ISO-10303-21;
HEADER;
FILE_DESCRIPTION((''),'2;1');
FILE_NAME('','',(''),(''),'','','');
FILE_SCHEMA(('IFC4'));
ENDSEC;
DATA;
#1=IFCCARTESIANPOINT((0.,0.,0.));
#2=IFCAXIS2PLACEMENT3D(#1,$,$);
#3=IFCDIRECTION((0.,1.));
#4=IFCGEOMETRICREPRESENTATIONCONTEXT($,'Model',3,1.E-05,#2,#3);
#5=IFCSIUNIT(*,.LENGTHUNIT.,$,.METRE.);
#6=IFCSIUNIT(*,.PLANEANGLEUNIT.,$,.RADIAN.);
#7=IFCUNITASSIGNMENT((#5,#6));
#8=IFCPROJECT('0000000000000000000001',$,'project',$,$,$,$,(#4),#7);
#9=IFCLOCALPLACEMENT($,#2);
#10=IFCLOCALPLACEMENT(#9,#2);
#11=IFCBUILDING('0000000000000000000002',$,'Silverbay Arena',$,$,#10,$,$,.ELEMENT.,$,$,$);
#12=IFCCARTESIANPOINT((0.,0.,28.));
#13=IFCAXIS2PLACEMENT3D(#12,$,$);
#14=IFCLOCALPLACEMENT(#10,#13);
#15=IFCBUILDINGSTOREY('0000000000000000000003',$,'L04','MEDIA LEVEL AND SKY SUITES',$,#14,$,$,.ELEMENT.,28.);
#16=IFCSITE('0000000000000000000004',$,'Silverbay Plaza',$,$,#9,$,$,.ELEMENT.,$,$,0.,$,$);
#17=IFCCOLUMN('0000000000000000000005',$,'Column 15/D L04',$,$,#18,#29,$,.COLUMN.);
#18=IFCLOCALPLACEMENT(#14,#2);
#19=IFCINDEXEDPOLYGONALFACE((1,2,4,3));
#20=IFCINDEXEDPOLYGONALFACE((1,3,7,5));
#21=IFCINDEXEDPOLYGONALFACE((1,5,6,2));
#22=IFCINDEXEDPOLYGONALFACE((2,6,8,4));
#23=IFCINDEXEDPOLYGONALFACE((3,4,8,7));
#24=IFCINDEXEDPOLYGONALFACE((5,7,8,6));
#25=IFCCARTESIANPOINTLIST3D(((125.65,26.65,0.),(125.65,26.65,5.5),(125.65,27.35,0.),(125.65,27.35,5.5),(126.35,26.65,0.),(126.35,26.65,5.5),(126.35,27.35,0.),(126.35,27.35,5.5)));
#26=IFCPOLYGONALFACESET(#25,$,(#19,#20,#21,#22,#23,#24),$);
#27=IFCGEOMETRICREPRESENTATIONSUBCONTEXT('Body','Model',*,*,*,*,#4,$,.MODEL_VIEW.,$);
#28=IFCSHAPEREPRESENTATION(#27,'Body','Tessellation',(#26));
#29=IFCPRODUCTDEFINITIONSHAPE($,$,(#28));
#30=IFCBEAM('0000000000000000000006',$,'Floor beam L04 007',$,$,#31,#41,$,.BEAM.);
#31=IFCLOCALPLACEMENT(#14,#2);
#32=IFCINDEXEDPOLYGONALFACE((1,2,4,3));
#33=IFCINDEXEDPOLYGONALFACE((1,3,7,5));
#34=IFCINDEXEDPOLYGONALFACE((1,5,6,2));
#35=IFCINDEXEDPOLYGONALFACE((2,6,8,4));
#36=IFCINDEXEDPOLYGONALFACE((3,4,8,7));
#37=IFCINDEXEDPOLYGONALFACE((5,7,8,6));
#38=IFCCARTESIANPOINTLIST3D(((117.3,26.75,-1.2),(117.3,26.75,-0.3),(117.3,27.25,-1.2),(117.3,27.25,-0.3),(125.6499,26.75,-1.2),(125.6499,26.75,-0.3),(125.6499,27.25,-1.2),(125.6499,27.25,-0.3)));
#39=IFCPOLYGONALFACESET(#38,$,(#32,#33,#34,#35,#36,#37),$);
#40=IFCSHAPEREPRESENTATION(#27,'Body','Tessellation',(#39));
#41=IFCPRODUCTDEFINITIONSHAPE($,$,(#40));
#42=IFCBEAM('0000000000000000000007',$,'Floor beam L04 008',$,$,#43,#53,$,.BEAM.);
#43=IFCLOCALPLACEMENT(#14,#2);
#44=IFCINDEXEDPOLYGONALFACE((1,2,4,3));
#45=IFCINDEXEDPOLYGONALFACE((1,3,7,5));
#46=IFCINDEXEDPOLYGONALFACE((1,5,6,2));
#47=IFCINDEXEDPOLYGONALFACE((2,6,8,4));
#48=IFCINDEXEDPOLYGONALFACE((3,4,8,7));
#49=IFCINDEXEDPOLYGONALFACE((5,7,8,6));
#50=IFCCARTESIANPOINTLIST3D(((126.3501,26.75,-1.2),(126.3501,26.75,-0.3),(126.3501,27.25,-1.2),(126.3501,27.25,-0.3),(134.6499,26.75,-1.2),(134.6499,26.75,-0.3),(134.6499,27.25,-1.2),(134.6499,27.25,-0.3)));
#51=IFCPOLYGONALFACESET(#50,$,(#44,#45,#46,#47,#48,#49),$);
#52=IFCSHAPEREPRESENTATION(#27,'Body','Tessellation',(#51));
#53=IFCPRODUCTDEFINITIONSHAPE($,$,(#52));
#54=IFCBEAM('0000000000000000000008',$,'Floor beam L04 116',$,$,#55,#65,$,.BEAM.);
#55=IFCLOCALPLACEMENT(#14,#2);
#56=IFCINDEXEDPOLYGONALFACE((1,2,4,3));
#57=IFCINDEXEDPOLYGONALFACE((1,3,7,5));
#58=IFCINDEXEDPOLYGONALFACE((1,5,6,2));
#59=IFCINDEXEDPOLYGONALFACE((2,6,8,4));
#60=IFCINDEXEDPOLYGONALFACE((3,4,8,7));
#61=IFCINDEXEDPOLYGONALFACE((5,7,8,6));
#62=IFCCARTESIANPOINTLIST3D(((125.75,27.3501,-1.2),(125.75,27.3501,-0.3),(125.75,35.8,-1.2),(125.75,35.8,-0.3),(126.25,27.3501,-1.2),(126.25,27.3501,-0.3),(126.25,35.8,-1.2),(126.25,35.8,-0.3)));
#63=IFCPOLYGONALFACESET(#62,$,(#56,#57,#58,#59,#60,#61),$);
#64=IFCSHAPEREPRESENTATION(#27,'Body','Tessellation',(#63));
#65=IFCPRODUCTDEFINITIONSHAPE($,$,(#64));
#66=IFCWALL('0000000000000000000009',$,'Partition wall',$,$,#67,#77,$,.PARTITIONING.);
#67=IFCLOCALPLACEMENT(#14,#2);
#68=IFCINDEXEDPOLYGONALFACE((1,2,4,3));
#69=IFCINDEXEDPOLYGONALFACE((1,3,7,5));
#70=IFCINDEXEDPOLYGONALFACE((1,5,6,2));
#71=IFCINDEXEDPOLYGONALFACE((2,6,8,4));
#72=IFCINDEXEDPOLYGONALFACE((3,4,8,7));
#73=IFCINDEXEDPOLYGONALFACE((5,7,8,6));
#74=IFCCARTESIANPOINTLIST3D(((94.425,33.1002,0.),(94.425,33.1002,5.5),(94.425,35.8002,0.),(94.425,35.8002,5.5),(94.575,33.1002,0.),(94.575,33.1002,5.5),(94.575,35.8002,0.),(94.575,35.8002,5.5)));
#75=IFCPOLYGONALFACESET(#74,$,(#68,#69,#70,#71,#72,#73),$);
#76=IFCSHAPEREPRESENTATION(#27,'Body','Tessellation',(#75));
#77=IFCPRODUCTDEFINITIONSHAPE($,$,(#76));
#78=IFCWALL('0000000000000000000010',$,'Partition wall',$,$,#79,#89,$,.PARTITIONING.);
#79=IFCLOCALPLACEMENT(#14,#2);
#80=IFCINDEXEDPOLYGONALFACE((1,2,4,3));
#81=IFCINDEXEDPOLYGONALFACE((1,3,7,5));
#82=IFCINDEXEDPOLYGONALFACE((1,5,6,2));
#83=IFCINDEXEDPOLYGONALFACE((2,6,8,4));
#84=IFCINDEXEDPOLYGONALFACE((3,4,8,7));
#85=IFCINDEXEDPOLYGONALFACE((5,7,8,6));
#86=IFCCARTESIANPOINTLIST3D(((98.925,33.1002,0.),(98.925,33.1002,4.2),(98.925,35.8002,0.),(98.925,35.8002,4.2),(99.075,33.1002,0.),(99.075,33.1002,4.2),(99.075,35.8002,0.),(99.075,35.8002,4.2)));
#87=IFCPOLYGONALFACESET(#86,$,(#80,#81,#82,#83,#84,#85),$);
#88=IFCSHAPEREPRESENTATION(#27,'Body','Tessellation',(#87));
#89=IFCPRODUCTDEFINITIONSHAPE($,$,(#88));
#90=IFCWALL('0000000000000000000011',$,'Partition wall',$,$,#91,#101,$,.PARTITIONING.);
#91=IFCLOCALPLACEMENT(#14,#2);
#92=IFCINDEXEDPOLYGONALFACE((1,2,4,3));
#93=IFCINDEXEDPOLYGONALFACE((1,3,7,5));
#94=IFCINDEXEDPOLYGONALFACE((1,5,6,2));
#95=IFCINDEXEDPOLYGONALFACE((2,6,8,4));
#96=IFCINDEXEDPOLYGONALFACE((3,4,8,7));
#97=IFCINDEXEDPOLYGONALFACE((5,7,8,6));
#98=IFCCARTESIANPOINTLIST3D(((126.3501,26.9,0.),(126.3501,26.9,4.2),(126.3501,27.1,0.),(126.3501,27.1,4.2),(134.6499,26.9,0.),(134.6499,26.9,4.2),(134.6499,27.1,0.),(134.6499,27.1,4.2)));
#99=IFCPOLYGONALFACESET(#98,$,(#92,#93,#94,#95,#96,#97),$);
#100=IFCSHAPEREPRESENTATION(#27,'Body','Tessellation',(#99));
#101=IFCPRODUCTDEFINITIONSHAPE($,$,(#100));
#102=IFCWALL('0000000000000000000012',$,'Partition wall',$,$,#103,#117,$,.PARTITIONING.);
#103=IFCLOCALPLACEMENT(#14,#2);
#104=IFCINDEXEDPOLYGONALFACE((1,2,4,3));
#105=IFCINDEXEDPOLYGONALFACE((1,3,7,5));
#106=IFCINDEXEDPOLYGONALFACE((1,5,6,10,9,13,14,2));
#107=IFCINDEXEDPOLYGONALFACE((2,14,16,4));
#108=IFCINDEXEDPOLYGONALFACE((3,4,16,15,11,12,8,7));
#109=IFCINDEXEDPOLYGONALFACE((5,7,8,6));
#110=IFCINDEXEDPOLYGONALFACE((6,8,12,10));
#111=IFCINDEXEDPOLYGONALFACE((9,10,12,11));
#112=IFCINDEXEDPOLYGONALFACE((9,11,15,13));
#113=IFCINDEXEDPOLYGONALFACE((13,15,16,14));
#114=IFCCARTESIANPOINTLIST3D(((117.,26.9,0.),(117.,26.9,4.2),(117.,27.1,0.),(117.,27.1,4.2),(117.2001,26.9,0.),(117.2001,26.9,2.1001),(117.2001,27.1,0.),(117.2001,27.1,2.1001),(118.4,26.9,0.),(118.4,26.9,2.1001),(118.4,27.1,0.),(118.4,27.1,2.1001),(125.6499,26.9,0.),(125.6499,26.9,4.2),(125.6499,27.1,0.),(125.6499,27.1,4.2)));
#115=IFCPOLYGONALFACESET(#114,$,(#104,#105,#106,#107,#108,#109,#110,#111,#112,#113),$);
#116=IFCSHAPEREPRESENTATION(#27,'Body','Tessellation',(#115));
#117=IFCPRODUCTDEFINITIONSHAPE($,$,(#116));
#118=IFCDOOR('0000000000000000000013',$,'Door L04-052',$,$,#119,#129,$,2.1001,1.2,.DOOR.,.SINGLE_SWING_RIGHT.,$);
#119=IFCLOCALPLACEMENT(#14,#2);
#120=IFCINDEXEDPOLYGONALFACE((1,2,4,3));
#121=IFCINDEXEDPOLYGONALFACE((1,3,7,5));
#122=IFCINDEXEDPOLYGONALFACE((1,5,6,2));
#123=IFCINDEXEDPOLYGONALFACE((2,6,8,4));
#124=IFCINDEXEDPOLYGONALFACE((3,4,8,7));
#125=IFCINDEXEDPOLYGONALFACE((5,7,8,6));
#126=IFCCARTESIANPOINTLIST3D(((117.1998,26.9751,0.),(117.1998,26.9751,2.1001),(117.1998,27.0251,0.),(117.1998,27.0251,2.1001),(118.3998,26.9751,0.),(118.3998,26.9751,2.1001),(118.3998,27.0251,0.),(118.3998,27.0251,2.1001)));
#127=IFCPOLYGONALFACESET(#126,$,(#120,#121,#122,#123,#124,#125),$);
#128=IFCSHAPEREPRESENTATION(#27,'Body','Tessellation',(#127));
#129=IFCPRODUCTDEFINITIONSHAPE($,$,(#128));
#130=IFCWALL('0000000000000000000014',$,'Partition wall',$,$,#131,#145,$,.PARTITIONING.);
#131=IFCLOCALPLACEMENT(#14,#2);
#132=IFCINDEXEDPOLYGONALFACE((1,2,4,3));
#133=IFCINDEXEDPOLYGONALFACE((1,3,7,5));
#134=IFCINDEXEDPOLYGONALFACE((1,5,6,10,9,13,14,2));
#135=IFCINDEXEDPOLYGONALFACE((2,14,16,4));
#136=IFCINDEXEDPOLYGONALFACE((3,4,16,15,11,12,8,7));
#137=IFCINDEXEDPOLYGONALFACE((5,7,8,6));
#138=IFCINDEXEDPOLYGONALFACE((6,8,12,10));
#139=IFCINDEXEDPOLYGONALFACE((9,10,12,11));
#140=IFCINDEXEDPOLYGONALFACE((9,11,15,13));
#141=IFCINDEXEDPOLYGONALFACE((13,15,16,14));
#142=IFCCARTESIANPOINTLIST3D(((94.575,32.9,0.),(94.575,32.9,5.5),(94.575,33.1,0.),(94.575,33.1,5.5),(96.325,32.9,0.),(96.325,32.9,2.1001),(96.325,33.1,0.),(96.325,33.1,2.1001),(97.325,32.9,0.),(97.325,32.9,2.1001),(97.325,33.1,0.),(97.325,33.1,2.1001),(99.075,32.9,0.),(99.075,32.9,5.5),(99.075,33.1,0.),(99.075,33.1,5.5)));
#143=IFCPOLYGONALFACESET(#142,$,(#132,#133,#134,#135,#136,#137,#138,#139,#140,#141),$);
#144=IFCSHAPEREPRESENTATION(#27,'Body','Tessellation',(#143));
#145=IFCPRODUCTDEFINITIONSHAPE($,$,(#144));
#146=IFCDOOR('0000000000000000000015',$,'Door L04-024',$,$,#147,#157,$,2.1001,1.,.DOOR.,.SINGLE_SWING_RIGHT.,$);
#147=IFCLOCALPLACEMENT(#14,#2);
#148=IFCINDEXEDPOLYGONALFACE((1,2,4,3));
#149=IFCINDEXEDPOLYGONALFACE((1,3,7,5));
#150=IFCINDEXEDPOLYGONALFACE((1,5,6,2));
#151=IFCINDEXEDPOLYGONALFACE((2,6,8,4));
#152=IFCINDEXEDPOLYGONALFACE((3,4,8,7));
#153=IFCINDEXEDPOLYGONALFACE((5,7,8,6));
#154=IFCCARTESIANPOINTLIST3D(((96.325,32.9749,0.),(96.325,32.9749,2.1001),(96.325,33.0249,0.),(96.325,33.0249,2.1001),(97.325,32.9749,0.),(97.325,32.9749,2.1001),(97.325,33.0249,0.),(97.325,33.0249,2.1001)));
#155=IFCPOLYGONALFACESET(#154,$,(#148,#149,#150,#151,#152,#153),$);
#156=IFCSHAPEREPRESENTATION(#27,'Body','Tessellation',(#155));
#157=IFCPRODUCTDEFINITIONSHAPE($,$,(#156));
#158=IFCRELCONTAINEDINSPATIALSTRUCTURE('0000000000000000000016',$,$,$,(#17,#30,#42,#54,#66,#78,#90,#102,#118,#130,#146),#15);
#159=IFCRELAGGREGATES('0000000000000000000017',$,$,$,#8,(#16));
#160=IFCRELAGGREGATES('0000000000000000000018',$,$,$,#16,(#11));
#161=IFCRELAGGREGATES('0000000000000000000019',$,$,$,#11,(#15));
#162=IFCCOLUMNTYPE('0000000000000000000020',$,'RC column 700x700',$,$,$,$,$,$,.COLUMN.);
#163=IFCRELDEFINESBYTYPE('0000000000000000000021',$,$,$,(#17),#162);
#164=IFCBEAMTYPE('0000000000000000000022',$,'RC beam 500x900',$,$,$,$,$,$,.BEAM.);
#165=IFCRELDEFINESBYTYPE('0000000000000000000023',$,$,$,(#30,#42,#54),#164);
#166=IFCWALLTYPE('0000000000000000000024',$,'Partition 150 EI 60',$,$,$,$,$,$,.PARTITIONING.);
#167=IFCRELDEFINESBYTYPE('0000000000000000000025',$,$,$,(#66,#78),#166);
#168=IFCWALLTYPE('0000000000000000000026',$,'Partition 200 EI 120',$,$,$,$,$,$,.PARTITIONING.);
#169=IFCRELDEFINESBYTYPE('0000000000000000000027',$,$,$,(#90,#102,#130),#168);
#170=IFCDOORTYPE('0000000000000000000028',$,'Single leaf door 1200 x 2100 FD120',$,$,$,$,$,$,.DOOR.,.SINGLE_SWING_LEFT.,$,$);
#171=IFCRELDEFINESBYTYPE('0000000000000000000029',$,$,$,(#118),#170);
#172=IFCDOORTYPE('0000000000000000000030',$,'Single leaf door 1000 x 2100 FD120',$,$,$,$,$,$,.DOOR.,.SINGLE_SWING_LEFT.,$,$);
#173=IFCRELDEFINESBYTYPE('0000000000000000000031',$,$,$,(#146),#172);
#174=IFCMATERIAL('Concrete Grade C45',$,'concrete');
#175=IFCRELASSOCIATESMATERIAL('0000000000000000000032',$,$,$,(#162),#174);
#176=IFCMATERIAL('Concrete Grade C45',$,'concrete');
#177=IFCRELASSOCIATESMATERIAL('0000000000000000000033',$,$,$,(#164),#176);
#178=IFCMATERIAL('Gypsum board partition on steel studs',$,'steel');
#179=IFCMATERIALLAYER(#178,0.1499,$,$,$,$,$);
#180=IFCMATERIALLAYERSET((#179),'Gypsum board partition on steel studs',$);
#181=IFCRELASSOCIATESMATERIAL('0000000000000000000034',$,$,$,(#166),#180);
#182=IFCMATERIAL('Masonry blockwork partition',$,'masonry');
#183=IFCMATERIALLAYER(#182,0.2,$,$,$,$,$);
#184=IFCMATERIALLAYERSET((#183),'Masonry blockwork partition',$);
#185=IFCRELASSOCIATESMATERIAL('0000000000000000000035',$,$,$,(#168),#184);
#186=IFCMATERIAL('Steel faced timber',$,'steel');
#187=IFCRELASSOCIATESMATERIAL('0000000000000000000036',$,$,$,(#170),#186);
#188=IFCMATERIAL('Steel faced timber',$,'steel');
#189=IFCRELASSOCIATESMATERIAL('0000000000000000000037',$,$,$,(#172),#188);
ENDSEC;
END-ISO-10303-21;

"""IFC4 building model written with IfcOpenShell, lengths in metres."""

from ifc_helpers import new_model, si_unit, direction, frame, frame_2d, origin, origin_2d, place, context, subcontext, project, spatial, rectangle, extrude, material, layer, layer_set, material_profile, profile_set, type_object, element, fill, save


model = new_model("IFC4")

# Units and contexts
model_context = context("Model", 3, precision=1e-05, world=origin(), true_north=direction((0.0, 1.0)))
body_context = subcontext(model_context, "Body", "Model", "MODEL_VIEW")
ifc_project = project(units=[si_unit("LENGTHUNIT", "METRE"), si_unit("PLANEANGLEUNIT", "RADIAN")], contexts=[model_context])

# Site, building, storey
site_placement = place(None, origin())
site = spatial("IfcSite", under=ifc_project, at=site_placement, Name="Silverbay Plaza", CompositionType="ELEMENT", RefElevation=0.0)
building_placement = place(site_placement, origin())
building = spatial("IfcBuilding", under=site, at=building_placement, Name="Silverbay Arena", CompositionType="ELEMENT")
storey_placement = place(building_placement, frame((0.0, 0.0, 28.0)))
storey = spatial("IfcBuildingStorey", under=building, at=storey_placement, Name="L04", Description="MEDIA LEVEL AND SKY SUITES", CompositionType="ELEMENT", Elevation=28.0)

# Column
ifc_material_1 = material(Name="Concrete Grade C45", Category="concrete")
ifc_material_profile_1 = material_profile(ifc_material_1, rectangle(XDim=0.7, YDim=0.7, at=origin_2d()), Name="RC 700x700")
ifc_profile_set_1 = profile_set([ifc_material_profile_1], Name="Concrete Grade C45")
column_type = type_object("IfcColumnType", Name="RC column 700x700", PredefinedType="COLUMN", material=ifc_profile_set_1)
column_placement = place(storey_placement, frame((126.0, 27.0, 0.0), z_axis=(0.0, 0.0, 1.0), x_axis=(1.0, 0.0, 0.0)))
element("IfcColumn", 1, at=column_placement, inside=storey, type_object=column_type, Name="Column 15/D L04", PredefinedType="COLUMN", context=body_context, shape_type="SweptSolid", body=[
    extrude(rectangle(XDim=0.7, YDim=0.7, at=origin_2d()), origin(), (0.0, 0.0, 1.0), 5.5),
])

# Beams
ifc_material_2 = material(Name="Concrete Grade C45", Category="concrete")
ifc_material_profile_2 = material_profile(ifc_material_2, rectangle(XDim=0.5, YDim=0.8999, at=origin_2d()), Name="RC 500x900")
ifc_profile_set_2 = profile_set([ifc_material_profile_2], Name="Concrete Grade C45")
beam_type = type_object("IfcBeamType", Name="RC beam 500x900", PredefinedType="BEAM", material=ifc_profile_set_2)
beam_1_placement = place(storey_placement, frame((117.3, 27.0, -0.75), z_axis=(1.0, 0.0, 0.0), x_axis=(0.0, 1.0, 0.0)))
element("IfcBeam", 2, at=beam_1_placement, inside=storey, type_object=beam_type, Name="Floor beam L04 007", PredefinedType="BEAM", context=body_context, shape_type="SweptSolid", body=[
    extrude(rectangle(XDim=0.5, YDim=0.8999, at=origin_2d()), origin(), (0.0, 0.0, 1.0), 8.3499),
])
beam_2_placement = place(storey_placement, frame((126.3501, 27.0, -0.75), z_axis=(1.0, 0.0, 0.0), x_axis=(0.0, 1.0, 0.0)))
element("IfcBeam", 3, at=beam_2_placement, inside=storey, type_object=beam_type, Name="Floor beam L04 008", PredefinedType="BEAM", context=body_context, shape_type="SweptSolid", body=[
    extrude(rectangle(XDim=0.5, YDim=0.8999, at=origin_2d()), origin(), (0.0, 0.0, 1.0), 8.2998),
])
beam_3_placement = place(storey_placement, frame((126.0, 27.3501, -0.75), z_axis=(0.0, 1.0, 0.0), x_axis=(-1.0, 0.0, 0.0)))
element("IfcBeam", 4, at=beam_3_placement, inside=storey, type_object=beam_type, Name="Floor beam L04 116", PredefinedType="BEAM", context=body_context, shape_type="SweptSolid", body=[
    extrude(rectangle(XDim=0.5, YDim=0.8999, at=origin_2d()), origin(), (0.0, 0.0, 1.0), 8.45),
])

# Walls
ifc_material_3 = material(Name="Gypsum board partition on steel studs", Category="steel")
ifc_layer_1 = layer(ifc_material_3, 0.1499)
ifc_layer_set_1 = layer_set([ifc_layer_1], Name="Gypsum board partition on steel studs")
wall_type_1 = type_object("IfcWallType", Name="Partition 150 EI 60", PredefinedType="PARTITIONING", material=ifc_layer_set_1)
wall_1_placement = place(storey_placement, frame((94.5, 33.1001, 0.0), z_axis=(0.0, 0.0, 1.0), x_axis=(0.0, 1.0, 0.0)))
element("IfcWall", 5, at=wall_1_placement, inside=storey, type_object=wall_type_1, Name="Partition wall", PredefinedType="PARTITIONING", context=body_context, shape_type="SweptSolid", body=[
    extrude(rectangle(XDim=2.7, YDim=0.1499, at=frame_2d((1.3501, 0.0))), origin(), (0.0, 0.0, 1.0), 5.5),
])
wall_2_placement = place(storey_placement, frame((99.0, 33.1001, 0.0), z_axis=(0.0, 0.0, 1.0), x_axis=(0.0, 1.0, 0.0)))
element("IfcWall", 6, at=wall_2_placement, inside=storey, type_object=wall_type_1, Name="Partition wall", PredefinedType="PARTITIONING", context=body_context, shape_type="SweptSolid", body=[
    extrude(rectangle(XDim=2.7, YDim=0.1499, at=frame_2d((1.3501, 0.0))), origin(), (0.0, 0.0, 1.0), 4.2),
])
ifc_material_4 = material(Name="Masonry blockwork partition", Category="masonry")
ifc_layer_2 = layer(ifc_material_4, 0.2)
ifc_layer_set_2 = layer_set([ifc_layer_2], Name="Masonry blockwork partition")
wall_type_2 = type_object("IfcWallType", Name="Partition 200 EI 120", PredefinedType="PARTITIONING", material=ifc_layer_set_2)
wall_3_placement = place(storey_placement, frame((126.3501, 27.0, 0.0), z_axis=(0.0, 0.0, 1.0), x_axis=(1.0, 0.0, 0.0)))
element("IfcWall", 7, at=wall_3_placement, inside=storey, type_object=wall_type_2, Name="Partition wall", PredefinedType="PARTITIONING", context=body_context, shape_type="SweptSolid", body=[
    extrude(rectangle(XDim=8.2998, YDim=0.2, at=frame_2d((4.1499, 0.0))), origin(), (0.0, 0.0, 1.0), 4.2),
])

# Walls, openings, doors
wall_4_placement = place(storey_placement, frame((117.0, 27.0, 0.0), z_axis=(0.0, 0.0, 1.0), x_axis=(1.0, 0.0, 0.0)))
wall_4 = element("IfcWall", 8, at=wall_4_placement, inside=storey, type_object=wall_type_2, Name="Partition wall", PredefinedType="PARTITIONING", context=body_context, shape_type="SweptSolid", body=[
    extrude(rectangle(XDim=8.6499, YDim=0.2, at=frame_2d((4.325, 0.0))), origin(), (0.0, 0.0, 1.0), 4.2),
])
opening_1_placement = place(wall_4_placement, frame((0.2, 0.0, 0.0)))
opening_1 = element("IfcOpeningElement", 9, at=opening_1_placement, cuts=wall_4, PredefinedType="OPENING", context=body_context, shape_type="SweptSolid", body=[
    extrude(rectangle(XDim=1.2, YDim=2.1001, at=frame_2d((0.6001, 1.05))), frame((0.0, 0.1099, 0.0), z_axis=(0.0, -1.0, 0.0), x_axis=(1.0, 0.0, 0.0)), (0.0, 0.0, 1.0), 0.22),
])
ifc_material_5 = material(Name="Steel faced timber", Category="steel")
door_type_1 = type_object("IfcDoorType", Name="Single leaf door 1200 x 2100 FD120", OperationType="SINGLE_SWING_LEFT", PredefinedType="DOOR", material=ifc_material_5)
door_1_placement = place(opening_1_placement, frame((1.2, 0.0, 0.0), z_axis=(0.0, 0.0, 1.0), x_axis=(-1.0, 0.0, 0.0)))
door_1 = element("IfcDoor", 10, at=door_1_placement, inside=storey, type_object=door_type_1, Name="Door L04-052", OperationType="SINGLE_SWING_RIGHT", OverallHeight=2.1001, OverallWidth=1.2, PredefinedType="DOOR", context=body_context, shape_type="SweptSolid", body=[
    extrude(rectangle(XDim=1.2, YDim=2.1001, at=frame_2d((0.6001, 1.05))), frame((0.0, 0.0249, 0.0), z_axis=(0.0, -1.0, 0.0), x_axis=(1.0, 0.0, 0.0)), (0.0, 0.0, 1.0), 0.05),
])
fill(opening_1, door_1)
wall_5_placement = place(storey_placement, frame((94.575, 33.0, 0.0), z_axis=(0.0, 0.0, 1.0), x_axis=(1.0, 0.0, 0.0)))
wall_5 = element("IfcWall", 11, at=wall_5_placement, inside=storey, type_object=wall_type_2, Name="Partition wall", PredefinedType="PARTITIONING", context=body_context, shape_type="SweptSolid", body=[
    extrude(rectangle(XDim=4.5, YDim=0.2, at=frame_2d((2.25, 0.0))), origin(), (0.0, 0.0, 1.0), 5.5),
])
opening_2_placement = place(wall_5_placement, frame((1.75, 0.0, 0.0)))
opening_2 = element("IfcOpeningElement", 12, at=opening_2_placement, cuts=wall_5, PredefinedType="OPENING", context=body_context, shape_type="SweptSolid", body=[
    extrude(rectangle(XDim=1.0, YDim=2.1001, at=frame_2d((0.5, 1.05))), frame((0.0, 0.1099, 0.0), z_axis=(0.0, -1.0, 0.0), x_axis=(1.0, 0.0, 0.0)), (0.0, 0.0, 1.0), 0.22),
])
ifc_material_6 = material(Name="Steel faced timber", Category="steel")
door_type_2 = type_object("IfcDoorType", Name="Single leaf door 1000 x 2100 FD120", OperationType="SINGLE_SWING_LEFT", PredefinedType="DOOR", material=ifc_material_6)
door_2_placement = place(opening_2_placement, origin())
door_2 = element("IfcDoor", 13, at=door_2_placement, inside=storey, type_object=door_type_2, Name="Door L04-024", OperationType="SINGLE_SWING_RIGHT", OverallHeight=2.1001, OverallWidth=1.0, PredefinedType="DOOR", context=body_context, shape_type="SweptSolid", body=[
    extrude(rectangle(XDim=1.0, YDim=2.1001, at=frame_2d((0.5, 1.05))), frame((0.0, 0.0249, 0.0), z_axis=(0.0, -1.0, 0.0), x_axis=(1.0, 0.0, 0.0)), (0.0, 0.0, 1.0), 0.05),
])
fill(opening_2, door_2)

save(model, "model.ifc")
